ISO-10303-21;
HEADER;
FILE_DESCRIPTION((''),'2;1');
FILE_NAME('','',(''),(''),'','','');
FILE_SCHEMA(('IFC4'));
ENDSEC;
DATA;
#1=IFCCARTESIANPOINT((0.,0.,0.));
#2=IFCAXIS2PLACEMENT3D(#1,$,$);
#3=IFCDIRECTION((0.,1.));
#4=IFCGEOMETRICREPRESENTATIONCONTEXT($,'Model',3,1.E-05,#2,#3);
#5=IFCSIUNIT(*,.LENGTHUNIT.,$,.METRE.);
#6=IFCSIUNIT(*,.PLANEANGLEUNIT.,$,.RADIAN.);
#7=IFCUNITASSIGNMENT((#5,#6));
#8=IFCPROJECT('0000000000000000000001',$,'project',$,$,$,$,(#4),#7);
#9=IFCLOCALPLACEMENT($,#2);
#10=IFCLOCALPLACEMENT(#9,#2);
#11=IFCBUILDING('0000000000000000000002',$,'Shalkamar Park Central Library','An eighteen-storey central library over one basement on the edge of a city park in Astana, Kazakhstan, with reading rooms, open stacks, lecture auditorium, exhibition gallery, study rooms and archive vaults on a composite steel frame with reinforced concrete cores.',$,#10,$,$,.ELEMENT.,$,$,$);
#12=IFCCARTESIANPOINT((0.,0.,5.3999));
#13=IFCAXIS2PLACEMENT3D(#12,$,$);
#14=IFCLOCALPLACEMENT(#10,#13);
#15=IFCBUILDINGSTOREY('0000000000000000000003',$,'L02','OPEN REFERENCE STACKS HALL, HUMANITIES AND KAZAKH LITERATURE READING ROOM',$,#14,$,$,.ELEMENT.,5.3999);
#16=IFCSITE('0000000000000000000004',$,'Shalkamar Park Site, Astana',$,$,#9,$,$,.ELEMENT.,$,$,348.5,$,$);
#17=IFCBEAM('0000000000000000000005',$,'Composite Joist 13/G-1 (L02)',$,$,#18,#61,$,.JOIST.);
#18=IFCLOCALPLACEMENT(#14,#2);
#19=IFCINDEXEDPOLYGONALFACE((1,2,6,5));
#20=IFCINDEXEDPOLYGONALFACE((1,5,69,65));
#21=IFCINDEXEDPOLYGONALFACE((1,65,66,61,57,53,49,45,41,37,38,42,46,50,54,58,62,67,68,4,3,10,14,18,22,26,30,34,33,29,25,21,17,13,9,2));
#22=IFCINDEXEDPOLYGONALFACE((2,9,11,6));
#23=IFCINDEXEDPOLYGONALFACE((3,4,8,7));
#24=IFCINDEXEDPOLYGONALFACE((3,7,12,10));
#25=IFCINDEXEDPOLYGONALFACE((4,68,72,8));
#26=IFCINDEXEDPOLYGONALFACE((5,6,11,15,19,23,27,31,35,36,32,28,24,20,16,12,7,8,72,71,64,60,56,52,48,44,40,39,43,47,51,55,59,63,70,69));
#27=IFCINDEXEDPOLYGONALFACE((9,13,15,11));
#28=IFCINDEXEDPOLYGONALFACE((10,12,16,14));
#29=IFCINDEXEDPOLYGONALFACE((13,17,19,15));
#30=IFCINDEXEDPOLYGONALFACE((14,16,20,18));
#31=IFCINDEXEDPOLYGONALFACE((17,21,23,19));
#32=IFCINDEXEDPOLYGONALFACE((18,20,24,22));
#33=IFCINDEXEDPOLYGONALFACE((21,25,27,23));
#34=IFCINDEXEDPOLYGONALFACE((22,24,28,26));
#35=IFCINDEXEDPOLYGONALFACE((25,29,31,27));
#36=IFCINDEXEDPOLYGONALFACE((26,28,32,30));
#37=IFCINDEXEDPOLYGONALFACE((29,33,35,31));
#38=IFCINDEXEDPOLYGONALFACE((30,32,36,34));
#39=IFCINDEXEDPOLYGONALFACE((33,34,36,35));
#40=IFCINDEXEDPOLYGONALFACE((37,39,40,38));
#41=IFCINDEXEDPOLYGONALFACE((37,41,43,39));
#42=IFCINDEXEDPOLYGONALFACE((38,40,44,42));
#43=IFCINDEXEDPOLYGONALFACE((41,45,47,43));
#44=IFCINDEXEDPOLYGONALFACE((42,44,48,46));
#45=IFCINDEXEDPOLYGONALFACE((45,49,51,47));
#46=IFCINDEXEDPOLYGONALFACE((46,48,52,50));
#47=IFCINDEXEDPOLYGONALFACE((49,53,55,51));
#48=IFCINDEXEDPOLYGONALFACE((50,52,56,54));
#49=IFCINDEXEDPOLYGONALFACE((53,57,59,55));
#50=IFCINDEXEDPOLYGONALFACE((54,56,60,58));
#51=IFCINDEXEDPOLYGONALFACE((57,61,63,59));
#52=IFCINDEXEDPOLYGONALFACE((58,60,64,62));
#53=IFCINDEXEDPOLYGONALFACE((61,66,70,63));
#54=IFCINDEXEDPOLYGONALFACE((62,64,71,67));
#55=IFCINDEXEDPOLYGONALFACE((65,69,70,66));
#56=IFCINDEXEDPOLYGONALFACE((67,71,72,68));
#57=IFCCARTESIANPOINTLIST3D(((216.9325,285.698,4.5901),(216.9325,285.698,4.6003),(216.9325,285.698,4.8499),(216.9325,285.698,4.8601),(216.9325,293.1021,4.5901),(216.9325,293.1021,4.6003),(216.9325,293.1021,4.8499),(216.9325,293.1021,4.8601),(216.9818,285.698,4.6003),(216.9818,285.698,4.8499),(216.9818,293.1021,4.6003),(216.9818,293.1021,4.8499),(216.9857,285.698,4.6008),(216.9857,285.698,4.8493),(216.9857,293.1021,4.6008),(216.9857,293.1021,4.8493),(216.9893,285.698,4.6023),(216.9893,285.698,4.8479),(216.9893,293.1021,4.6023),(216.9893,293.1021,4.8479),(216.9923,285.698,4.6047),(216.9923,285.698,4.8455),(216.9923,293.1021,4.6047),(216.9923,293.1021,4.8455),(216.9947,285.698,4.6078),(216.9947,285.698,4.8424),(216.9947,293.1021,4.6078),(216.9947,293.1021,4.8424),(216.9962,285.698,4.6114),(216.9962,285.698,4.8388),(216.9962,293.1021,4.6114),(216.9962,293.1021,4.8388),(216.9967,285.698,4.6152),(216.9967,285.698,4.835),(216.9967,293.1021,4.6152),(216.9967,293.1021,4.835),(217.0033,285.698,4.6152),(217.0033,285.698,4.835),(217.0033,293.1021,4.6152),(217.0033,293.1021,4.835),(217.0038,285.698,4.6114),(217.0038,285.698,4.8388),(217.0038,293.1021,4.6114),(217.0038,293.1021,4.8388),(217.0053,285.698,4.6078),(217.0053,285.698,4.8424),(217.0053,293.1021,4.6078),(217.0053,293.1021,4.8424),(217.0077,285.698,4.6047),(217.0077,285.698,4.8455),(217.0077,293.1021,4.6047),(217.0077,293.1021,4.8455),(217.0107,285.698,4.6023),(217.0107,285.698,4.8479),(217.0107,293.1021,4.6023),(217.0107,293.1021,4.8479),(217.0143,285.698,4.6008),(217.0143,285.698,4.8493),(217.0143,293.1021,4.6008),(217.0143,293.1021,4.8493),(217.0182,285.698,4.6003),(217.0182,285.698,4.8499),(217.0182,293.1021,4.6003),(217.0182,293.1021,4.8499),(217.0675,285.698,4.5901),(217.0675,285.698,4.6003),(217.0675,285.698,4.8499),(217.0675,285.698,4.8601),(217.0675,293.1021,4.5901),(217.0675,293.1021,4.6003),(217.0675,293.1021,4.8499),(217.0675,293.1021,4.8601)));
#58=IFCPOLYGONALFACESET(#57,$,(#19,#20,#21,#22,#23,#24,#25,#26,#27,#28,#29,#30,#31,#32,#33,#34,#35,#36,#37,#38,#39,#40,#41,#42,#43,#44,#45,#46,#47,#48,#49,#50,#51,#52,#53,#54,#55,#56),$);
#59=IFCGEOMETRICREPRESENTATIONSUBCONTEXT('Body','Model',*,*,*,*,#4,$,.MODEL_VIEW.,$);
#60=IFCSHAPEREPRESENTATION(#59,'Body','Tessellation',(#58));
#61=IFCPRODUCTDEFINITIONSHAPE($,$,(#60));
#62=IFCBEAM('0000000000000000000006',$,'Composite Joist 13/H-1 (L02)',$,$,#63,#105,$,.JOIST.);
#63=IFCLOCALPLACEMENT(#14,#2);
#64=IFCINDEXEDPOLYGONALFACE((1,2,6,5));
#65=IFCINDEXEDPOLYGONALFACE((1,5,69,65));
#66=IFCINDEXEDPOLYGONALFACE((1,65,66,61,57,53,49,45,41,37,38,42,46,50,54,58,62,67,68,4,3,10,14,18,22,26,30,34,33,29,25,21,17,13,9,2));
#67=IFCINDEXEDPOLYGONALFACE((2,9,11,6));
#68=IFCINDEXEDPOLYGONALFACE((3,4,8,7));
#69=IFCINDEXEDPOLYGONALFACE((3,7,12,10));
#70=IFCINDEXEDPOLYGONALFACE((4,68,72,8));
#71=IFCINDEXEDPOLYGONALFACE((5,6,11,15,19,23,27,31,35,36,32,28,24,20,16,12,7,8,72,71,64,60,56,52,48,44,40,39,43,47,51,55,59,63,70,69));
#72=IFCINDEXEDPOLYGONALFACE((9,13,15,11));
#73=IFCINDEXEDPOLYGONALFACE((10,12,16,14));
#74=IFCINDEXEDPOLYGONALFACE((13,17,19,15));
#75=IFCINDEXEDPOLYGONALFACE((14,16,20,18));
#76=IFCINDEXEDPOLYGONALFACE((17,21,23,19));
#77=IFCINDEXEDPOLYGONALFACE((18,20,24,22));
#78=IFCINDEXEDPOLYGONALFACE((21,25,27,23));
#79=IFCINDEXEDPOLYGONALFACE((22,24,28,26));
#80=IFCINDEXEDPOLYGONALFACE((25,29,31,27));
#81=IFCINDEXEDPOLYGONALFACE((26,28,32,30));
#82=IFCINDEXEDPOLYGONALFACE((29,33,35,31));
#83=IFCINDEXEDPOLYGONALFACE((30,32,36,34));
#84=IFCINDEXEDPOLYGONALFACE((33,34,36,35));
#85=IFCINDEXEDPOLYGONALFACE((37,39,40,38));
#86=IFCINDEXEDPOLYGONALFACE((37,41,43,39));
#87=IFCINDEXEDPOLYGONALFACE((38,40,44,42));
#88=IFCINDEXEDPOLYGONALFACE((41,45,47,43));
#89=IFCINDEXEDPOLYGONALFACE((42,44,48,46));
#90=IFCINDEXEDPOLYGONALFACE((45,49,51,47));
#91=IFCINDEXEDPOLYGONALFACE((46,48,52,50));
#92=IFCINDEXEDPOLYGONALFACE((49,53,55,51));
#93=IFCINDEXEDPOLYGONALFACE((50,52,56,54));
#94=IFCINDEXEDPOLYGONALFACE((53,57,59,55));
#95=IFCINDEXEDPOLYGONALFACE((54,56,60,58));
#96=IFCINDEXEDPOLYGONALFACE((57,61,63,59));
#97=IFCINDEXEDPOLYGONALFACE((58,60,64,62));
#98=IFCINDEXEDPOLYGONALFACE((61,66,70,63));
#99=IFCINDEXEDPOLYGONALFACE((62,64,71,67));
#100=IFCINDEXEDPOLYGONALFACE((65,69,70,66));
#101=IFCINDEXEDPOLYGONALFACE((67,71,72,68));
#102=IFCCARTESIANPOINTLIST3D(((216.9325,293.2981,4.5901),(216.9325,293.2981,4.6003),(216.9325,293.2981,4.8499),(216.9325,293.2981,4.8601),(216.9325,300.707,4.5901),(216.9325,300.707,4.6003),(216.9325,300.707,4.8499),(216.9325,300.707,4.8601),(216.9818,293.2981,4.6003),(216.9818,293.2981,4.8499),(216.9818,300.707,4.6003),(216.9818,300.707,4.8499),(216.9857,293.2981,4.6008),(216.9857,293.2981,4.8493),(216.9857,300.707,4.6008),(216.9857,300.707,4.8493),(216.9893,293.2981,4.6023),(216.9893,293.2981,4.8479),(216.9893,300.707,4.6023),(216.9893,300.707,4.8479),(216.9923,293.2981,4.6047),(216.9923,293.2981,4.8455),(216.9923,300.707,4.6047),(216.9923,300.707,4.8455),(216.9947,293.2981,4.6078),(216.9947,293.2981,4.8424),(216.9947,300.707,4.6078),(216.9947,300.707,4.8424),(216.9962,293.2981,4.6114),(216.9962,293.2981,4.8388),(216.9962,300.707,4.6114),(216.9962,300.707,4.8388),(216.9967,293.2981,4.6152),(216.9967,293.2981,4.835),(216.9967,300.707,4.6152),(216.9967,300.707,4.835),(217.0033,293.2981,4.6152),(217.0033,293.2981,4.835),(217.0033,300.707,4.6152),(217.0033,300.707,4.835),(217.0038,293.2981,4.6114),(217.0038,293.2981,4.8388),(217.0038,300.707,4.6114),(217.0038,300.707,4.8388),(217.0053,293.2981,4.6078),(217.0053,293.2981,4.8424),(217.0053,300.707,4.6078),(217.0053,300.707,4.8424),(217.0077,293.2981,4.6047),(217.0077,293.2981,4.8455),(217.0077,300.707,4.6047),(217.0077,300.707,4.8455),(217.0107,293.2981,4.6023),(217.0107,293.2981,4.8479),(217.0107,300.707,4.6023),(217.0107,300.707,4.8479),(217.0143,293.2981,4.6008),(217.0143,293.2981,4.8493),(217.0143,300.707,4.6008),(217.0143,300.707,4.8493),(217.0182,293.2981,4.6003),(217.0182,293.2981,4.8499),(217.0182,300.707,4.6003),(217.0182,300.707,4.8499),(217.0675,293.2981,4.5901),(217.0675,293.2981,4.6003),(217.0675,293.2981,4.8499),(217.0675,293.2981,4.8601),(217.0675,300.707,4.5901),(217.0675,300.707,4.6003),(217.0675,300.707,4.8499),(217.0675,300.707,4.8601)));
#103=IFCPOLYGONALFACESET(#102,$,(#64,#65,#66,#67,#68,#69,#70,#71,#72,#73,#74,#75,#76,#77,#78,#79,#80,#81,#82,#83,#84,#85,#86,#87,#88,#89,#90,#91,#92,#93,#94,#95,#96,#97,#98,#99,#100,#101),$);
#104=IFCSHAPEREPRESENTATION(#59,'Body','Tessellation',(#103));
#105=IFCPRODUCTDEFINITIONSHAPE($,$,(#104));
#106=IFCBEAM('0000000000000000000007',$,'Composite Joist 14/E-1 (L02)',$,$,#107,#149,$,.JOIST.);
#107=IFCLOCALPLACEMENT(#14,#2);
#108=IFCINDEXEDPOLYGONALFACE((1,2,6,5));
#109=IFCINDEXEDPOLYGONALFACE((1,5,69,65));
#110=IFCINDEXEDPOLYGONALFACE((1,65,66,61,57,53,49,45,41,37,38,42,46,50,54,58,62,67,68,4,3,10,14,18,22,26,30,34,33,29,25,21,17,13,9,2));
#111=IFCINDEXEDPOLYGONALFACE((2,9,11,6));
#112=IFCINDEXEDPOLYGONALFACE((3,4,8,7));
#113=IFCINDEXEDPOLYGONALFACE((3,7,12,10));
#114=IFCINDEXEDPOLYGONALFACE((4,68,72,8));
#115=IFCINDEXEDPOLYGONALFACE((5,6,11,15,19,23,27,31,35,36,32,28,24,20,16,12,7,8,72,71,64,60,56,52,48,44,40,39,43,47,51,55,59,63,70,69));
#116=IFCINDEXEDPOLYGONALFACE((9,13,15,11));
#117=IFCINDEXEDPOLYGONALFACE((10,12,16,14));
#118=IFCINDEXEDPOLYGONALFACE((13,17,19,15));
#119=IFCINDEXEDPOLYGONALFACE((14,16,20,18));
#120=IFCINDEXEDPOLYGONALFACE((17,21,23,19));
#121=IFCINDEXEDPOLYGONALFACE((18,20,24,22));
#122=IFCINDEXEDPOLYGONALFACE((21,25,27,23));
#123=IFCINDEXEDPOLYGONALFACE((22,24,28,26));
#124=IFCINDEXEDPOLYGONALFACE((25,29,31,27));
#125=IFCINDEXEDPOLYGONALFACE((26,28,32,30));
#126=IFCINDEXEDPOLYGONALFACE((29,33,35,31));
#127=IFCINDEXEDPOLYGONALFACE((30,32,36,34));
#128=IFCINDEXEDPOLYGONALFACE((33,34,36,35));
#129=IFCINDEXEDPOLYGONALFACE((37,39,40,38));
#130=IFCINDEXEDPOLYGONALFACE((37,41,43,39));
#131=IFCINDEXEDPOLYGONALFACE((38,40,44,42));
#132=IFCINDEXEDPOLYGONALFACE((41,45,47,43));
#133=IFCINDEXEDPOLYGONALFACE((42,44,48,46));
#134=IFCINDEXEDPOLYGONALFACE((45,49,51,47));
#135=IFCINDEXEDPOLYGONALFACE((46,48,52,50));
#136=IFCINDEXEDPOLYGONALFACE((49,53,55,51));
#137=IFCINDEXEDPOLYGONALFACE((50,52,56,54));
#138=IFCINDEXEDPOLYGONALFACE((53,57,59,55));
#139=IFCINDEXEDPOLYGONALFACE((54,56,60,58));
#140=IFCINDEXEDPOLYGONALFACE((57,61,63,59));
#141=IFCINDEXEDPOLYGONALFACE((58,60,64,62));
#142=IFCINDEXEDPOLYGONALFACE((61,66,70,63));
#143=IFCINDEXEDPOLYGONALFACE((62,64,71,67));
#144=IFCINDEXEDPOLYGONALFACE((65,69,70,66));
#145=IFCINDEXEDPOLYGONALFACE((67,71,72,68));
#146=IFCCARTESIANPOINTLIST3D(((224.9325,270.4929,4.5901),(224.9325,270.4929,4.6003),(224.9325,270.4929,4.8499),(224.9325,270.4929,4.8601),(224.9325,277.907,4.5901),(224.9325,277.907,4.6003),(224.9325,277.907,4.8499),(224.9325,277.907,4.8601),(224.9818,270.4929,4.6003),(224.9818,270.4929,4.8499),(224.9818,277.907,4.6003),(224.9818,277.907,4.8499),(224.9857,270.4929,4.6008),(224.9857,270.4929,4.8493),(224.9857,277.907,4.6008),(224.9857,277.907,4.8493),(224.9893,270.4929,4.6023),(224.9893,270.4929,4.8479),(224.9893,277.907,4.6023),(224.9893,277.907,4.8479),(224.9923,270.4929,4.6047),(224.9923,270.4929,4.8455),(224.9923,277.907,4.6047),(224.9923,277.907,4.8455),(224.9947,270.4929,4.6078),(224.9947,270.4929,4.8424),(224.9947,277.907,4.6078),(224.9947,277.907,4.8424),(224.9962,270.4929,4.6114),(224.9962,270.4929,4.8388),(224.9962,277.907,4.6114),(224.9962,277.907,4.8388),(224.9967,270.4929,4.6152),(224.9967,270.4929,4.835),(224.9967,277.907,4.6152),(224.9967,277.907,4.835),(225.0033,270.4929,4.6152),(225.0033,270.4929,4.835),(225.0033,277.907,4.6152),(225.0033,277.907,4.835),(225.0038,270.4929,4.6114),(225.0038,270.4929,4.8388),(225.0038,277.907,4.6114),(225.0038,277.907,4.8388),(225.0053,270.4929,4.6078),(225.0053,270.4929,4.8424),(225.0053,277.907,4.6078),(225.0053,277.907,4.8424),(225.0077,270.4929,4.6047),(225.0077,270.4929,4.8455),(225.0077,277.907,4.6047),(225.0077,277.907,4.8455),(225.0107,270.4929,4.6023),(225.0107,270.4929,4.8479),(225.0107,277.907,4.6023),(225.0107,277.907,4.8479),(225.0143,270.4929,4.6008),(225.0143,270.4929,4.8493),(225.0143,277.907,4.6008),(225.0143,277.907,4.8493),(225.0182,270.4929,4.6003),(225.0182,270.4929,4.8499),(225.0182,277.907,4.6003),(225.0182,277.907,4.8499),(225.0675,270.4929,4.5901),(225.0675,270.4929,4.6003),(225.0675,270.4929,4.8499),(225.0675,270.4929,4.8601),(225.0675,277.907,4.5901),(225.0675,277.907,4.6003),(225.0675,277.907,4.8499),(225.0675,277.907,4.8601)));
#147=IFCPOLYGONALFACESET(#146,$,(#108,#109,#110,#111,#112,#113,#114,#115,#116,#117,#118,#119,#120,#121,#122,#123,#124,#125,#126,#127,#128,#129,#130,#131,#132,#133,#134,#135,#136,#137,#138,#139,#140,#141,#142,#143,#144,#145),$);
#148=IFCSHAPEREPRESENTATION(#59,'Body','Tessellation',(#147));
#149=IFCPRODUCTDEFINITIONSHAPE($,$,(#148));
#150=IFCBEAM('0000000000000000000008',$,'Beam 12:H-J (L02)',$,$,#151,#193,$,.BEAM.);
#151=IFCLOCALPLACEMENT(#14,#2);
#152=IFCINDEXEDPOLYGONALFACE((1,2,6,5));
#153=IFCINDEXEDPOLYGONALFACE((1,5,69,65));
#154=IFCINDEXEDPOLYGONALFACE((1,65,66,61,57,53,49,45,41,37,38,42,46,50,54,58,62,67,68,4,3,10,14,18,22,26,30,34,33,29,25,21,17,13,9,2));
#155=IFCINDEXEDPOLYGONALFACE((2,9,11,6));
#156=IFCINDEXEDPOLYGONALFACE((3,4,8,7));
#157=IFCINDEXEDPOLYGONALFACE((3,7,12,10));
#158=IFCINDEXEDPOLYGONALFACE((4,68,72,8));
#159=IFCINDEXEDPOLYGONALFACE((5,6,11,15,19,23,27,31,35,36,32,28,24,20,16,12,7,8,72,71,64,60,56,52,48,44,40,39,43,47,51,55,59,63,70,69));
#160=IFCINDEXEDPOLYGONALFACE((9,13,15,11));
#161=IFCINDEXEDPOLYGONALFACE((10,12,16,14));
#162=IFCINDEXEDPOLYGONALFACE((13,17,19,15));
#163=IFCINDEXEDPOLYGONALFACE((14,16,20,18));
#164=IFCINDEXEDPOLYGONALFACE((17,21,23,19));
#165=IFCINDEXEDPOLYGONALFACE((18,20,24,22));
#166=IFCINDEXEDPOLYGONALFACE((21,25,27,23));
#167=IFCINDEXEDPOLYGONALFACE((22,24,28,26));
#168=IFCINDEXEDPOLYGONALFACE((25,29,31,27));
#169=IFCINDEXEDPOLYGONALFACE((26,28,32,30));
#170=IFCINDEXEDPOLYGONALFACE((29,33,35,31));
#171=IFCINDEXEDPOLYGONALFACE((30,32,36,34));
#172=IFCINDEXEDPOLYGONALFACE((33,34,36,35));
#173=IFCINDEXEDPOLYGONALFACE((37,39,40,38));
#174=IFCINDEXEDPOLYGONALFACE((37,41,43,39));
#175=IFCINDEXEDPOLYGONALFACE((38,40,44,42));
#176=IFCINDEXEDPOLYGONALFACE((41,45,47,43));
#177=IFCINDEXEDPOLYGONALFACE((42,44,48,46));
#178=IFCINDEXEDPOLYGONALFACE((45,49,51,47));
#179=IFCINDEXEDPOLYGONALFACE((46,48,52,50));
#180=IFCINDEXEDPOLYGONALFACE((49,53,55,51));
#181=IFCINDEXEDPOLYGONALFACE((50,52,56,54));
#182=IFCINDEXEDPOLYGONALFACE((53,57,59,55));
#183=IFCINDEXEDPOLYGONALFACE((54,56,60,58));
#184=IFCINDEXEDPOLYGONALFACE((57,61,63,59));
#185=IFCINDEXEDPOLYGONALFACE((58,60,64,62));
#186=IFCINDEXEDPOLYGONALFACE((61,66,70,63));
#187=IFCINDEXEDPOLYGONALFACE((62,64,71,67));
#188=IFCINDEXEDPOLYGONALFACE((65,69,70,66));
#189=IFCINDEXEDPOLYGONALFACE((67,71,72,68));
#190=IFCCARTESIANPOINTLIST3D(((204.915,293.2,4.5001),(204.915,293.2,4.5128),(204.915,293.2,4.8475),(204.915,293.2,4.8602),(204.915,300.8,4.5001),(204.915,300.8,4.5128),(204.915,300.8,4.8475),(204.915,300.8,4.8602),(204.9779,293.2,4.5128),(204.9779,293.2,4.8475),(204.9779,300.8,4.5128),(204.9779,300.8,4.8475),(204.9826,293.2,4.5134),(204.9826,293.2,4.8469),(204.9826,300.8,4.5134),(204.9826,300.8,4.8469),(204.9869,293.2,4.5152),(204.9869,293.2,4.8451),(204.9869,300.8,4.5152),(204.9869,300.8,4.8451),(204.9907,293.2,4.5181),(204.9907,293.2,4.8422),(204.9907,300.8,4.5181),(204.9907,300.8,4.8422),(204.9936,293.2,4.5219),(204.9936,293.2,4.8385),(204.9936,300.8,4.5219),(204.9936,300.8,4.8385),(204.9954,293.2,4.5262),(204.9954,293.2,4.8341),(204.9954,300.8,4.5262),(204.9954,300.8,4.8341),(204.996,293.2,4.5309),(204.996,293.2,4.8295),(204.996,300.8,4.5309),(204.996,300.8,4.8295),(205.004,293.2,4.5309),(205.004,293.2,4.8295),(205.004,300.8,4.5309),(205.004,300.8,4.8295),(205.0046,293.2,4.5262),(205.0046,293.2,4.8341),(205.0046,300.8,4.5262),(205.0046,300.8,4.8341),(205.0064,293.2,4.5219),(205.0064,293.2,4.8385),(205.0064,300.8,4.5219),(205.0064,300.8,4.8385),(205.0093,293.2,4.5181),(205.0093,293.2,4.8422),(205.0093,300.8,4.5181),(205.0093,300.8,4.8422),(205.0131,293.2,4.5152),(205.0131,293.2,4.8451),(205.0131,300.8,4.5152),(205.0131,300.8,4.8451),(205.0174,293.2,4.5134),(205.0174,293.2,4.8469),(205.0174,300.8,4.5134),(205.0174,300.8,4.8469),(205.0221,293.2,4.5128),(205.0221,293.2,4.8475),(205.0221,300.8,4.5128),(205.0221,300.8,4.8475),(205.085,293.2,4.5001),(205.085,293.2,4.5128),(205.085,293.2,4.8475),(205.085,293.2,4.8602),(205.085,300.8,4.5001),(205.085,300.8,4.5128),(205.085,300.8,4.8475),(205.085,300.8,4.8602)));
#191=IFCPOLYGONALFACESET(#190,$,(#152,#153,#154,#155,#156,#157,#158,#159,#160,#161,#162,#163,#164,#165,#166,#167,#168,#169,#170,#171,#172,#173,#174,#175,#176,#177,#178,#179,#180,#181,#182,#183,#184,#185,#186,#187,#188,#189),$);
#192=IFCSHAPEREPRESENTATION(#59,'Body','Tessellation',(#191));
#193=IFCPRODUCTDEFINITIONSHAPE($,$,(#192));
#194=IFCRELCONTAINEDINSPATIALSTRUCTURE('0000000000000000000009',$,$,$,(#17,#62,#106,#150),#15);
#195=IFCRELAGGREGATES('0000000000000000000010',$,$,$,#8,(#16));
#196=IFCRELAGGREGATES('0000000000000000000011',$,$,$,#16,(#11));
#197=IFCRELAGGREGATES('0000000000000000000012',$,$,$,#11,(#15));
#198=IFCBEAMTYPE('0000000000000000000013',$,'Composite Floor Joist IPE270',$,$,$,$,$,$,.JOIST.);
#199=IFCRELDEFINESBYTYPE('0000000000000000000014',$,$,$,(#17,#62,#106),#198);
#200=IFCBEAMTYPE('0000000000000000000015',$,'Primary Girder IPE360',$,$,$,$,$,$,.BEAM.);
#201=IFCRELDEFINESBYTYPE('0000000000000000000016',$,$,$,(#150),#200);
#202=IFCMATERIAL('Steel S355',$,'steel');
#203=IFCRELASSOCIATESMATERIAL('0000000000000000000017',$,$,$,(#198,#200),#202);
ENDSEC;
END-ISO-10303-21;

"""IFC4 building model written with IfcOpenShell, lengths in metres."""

from ifc_helpers import new_model, si_unit, direction, frame, origin, origin_2d, place, context, subcontext, project, spatial, i_section, extrude, material, material_profile, profile_set, type_object, element, save


model = new_model("IFC4")

# Units and contexts
model_context = context("Model", 3, precision=1e-05, world=origin(), true_north=direction((0.0, 1.0)))
body_context = subcontext(model_context, "Body", "Model", "MODEL_VIEW")
ifc_project = project(units=[si_unit("LENGTHUNIT", "METRE"), si_unit("PLANEANGLEUNIT", "RADIAN")], contexts=[model_context])

# Site, building, storey
site_placement = place(None, origin())
site = spatial("IfcSite", under=ifc_project, at=site_placement, Name="Shalkamar Park Site, Astana", CompositionType="ELEMENT", RefElevation=348.5)
building_placement = place(site_placement, origin())
building = spatial("IfcBuilding", under=site, at=building_placement, Name="Shalkamar Park Central Library", Description="An eighteen-storey central library over one basement on the edge of a city park in Astana, Kazakhstan, with reading rooms, open stacks, lecture auditorium, exhibition gallery, study rooms and archive vaults on a composite steel frame with reinforced concrete cores.", CompositionType="ELEMENT")
storey_placement = place(building_placement, frame((0.0, 0.0, 5.3999)))
storey = spatial("IfcBuildingStorey", under=building, at=storey_placement, Name="L02", Description="OPEN REFERENCE STACKS HALL, HUMANITIES AND KAZAKH LITERATURE READING ROOM", CompositionType="ELEMENT", Elevation=5.3999)

# Shared definitions
ifc_material = material(Name="Steel S355", Category="steel")

# Beams
ifc_material_profile_1 = material_profile(ifc_material, i_section(OverallWidth=0.135, OverallDepth=0.27, WebThickness=0.0066, FlangeThickness=0.0103, FilletRadius=0.0149, at=origin_2d()), Name="IPE 270")
ifc_profile_set_1 = profile_set([ifc_material_profile_1], Name="Steel S355")
beam_type_1 = type_object("IfcBeamType", Name="Composite Floor Joist IPE270", PredefinedType="JOIST", material=ifc_profile_set_1)
for number, where, z_axis, x_axis, name in (
    (1, (217.0, 285.698, 4.7251), (0.0, 1.0, 0.0), (-1.0, 0.0, 0.0), "Composite Joist 13/G-1 (L02)"),
):
    element("IfcBeam", number, at=place(storey_placement, frame(where, z_axis=z_axis, x_axis=x_axis)), inside=storey, type_object=beam_type_1, Name=name, PredefinedType="JOIST", context=body_context, shape_type="SweptSolid", body=[
        extrude(i_section(OverallWidth=0.135, OverallDepth=0.27, WebThickness=0.0066, FlangeThickness=0.0103, FilletRadius=0.0149, at=origin_2d()), origin(), (0.0, 0.0, 1.0), 7.4041),
    ])
beam_1_placement = place(storey_placement, frame((217.0, 293.2981, 4.7251), z_axis=(0.0, 1.0, 0.0), x_axis=(-1.0, 0.0, 0.0)))
element("IfcBeam", 2, at=beam_1_placement, inside=storey, type_object=beam_type_1, Name="Composite Joist 13/H-1 (L02)", PredefinedType="JOIST", context=body_context, shape_type="SweptSolid", body=[
    extrude(i_section(OverallWidth=0.135, OverallDepth=0.27, WebThickness=0.0066, FlangeThickness=0.0103, FilletRadius=0.0149, at=origin_2d()), origin(), (0.0, 0.0, 1.0), 7.4089),
])
beam_2_placement = place(storey_placement, frame((225.0, 270.4929, 4.7251), z_axis=(0.0, 1.0, 0.0), x_axis=(-1.0, 0.0, 0.0)))
element("IfcBeam", 3, at=beam_2_placement, inside=storey, type_object=beam_type_1, Name="Composite Joist 14/E-1 (L02)", PredefinedType="JOIST", context=body_context, shape_type="SweptSolid", body=[
    extrude(i_section(OverallWidth=0.135, OverallDepth=0.27, WebThickness=0.0066, FlangeThickness=0.0103, FilletRadius=0.0149, at=origin_2d()), origin(), (0.0, 0.0, 1.0), 7.4141),
])
ifc_material_profile_2 = material_profile(ifc_material, i_section(OverallWidth=0.1699, OverallDepth=0.3601, WebThickness=0.0081, FlangeThickness=0.0127, FilletRadius=0.0181, at=origin_2d()), Name="IPE 360")
ifc_profile_set_2 = profile_set([ifc_material_profile_2], Name="Steel S355")
beam_type_2 = type_object("IfcBeamType", Name="Primary Girder IPE360", PredefinedType="BEAM", material=ifc_profile_set_2)
for number, where, z_axis, x_axis, name in (
    (4, (205.0, 293.2, 4.6802), (0.0, 1.0, 0.0), (-1.0, 0.0, 0.0), "Beam 12:H-J (L02)"),
):
    element("IfcBeam", number, at=place(storey_placement, frame(where, z_axis=z_axis, x_axis=x_axis)), inside=storey, type_object=beam_type_2, Name=name, PredefinedType="BEAM", context=body_context, shape_type="SweptSolid", body=[
        extrude(i_section(OverallWidth=0.1699, OverallDepth=0.3601, WebThickness=0.0081, FlangeThickness=0.0127, FilletRadius=0.0181, at=origin_2d()), origin(), (0.0, 0.0, 1.0), 7.6001),
    ])

save(model, "model.ifc")
